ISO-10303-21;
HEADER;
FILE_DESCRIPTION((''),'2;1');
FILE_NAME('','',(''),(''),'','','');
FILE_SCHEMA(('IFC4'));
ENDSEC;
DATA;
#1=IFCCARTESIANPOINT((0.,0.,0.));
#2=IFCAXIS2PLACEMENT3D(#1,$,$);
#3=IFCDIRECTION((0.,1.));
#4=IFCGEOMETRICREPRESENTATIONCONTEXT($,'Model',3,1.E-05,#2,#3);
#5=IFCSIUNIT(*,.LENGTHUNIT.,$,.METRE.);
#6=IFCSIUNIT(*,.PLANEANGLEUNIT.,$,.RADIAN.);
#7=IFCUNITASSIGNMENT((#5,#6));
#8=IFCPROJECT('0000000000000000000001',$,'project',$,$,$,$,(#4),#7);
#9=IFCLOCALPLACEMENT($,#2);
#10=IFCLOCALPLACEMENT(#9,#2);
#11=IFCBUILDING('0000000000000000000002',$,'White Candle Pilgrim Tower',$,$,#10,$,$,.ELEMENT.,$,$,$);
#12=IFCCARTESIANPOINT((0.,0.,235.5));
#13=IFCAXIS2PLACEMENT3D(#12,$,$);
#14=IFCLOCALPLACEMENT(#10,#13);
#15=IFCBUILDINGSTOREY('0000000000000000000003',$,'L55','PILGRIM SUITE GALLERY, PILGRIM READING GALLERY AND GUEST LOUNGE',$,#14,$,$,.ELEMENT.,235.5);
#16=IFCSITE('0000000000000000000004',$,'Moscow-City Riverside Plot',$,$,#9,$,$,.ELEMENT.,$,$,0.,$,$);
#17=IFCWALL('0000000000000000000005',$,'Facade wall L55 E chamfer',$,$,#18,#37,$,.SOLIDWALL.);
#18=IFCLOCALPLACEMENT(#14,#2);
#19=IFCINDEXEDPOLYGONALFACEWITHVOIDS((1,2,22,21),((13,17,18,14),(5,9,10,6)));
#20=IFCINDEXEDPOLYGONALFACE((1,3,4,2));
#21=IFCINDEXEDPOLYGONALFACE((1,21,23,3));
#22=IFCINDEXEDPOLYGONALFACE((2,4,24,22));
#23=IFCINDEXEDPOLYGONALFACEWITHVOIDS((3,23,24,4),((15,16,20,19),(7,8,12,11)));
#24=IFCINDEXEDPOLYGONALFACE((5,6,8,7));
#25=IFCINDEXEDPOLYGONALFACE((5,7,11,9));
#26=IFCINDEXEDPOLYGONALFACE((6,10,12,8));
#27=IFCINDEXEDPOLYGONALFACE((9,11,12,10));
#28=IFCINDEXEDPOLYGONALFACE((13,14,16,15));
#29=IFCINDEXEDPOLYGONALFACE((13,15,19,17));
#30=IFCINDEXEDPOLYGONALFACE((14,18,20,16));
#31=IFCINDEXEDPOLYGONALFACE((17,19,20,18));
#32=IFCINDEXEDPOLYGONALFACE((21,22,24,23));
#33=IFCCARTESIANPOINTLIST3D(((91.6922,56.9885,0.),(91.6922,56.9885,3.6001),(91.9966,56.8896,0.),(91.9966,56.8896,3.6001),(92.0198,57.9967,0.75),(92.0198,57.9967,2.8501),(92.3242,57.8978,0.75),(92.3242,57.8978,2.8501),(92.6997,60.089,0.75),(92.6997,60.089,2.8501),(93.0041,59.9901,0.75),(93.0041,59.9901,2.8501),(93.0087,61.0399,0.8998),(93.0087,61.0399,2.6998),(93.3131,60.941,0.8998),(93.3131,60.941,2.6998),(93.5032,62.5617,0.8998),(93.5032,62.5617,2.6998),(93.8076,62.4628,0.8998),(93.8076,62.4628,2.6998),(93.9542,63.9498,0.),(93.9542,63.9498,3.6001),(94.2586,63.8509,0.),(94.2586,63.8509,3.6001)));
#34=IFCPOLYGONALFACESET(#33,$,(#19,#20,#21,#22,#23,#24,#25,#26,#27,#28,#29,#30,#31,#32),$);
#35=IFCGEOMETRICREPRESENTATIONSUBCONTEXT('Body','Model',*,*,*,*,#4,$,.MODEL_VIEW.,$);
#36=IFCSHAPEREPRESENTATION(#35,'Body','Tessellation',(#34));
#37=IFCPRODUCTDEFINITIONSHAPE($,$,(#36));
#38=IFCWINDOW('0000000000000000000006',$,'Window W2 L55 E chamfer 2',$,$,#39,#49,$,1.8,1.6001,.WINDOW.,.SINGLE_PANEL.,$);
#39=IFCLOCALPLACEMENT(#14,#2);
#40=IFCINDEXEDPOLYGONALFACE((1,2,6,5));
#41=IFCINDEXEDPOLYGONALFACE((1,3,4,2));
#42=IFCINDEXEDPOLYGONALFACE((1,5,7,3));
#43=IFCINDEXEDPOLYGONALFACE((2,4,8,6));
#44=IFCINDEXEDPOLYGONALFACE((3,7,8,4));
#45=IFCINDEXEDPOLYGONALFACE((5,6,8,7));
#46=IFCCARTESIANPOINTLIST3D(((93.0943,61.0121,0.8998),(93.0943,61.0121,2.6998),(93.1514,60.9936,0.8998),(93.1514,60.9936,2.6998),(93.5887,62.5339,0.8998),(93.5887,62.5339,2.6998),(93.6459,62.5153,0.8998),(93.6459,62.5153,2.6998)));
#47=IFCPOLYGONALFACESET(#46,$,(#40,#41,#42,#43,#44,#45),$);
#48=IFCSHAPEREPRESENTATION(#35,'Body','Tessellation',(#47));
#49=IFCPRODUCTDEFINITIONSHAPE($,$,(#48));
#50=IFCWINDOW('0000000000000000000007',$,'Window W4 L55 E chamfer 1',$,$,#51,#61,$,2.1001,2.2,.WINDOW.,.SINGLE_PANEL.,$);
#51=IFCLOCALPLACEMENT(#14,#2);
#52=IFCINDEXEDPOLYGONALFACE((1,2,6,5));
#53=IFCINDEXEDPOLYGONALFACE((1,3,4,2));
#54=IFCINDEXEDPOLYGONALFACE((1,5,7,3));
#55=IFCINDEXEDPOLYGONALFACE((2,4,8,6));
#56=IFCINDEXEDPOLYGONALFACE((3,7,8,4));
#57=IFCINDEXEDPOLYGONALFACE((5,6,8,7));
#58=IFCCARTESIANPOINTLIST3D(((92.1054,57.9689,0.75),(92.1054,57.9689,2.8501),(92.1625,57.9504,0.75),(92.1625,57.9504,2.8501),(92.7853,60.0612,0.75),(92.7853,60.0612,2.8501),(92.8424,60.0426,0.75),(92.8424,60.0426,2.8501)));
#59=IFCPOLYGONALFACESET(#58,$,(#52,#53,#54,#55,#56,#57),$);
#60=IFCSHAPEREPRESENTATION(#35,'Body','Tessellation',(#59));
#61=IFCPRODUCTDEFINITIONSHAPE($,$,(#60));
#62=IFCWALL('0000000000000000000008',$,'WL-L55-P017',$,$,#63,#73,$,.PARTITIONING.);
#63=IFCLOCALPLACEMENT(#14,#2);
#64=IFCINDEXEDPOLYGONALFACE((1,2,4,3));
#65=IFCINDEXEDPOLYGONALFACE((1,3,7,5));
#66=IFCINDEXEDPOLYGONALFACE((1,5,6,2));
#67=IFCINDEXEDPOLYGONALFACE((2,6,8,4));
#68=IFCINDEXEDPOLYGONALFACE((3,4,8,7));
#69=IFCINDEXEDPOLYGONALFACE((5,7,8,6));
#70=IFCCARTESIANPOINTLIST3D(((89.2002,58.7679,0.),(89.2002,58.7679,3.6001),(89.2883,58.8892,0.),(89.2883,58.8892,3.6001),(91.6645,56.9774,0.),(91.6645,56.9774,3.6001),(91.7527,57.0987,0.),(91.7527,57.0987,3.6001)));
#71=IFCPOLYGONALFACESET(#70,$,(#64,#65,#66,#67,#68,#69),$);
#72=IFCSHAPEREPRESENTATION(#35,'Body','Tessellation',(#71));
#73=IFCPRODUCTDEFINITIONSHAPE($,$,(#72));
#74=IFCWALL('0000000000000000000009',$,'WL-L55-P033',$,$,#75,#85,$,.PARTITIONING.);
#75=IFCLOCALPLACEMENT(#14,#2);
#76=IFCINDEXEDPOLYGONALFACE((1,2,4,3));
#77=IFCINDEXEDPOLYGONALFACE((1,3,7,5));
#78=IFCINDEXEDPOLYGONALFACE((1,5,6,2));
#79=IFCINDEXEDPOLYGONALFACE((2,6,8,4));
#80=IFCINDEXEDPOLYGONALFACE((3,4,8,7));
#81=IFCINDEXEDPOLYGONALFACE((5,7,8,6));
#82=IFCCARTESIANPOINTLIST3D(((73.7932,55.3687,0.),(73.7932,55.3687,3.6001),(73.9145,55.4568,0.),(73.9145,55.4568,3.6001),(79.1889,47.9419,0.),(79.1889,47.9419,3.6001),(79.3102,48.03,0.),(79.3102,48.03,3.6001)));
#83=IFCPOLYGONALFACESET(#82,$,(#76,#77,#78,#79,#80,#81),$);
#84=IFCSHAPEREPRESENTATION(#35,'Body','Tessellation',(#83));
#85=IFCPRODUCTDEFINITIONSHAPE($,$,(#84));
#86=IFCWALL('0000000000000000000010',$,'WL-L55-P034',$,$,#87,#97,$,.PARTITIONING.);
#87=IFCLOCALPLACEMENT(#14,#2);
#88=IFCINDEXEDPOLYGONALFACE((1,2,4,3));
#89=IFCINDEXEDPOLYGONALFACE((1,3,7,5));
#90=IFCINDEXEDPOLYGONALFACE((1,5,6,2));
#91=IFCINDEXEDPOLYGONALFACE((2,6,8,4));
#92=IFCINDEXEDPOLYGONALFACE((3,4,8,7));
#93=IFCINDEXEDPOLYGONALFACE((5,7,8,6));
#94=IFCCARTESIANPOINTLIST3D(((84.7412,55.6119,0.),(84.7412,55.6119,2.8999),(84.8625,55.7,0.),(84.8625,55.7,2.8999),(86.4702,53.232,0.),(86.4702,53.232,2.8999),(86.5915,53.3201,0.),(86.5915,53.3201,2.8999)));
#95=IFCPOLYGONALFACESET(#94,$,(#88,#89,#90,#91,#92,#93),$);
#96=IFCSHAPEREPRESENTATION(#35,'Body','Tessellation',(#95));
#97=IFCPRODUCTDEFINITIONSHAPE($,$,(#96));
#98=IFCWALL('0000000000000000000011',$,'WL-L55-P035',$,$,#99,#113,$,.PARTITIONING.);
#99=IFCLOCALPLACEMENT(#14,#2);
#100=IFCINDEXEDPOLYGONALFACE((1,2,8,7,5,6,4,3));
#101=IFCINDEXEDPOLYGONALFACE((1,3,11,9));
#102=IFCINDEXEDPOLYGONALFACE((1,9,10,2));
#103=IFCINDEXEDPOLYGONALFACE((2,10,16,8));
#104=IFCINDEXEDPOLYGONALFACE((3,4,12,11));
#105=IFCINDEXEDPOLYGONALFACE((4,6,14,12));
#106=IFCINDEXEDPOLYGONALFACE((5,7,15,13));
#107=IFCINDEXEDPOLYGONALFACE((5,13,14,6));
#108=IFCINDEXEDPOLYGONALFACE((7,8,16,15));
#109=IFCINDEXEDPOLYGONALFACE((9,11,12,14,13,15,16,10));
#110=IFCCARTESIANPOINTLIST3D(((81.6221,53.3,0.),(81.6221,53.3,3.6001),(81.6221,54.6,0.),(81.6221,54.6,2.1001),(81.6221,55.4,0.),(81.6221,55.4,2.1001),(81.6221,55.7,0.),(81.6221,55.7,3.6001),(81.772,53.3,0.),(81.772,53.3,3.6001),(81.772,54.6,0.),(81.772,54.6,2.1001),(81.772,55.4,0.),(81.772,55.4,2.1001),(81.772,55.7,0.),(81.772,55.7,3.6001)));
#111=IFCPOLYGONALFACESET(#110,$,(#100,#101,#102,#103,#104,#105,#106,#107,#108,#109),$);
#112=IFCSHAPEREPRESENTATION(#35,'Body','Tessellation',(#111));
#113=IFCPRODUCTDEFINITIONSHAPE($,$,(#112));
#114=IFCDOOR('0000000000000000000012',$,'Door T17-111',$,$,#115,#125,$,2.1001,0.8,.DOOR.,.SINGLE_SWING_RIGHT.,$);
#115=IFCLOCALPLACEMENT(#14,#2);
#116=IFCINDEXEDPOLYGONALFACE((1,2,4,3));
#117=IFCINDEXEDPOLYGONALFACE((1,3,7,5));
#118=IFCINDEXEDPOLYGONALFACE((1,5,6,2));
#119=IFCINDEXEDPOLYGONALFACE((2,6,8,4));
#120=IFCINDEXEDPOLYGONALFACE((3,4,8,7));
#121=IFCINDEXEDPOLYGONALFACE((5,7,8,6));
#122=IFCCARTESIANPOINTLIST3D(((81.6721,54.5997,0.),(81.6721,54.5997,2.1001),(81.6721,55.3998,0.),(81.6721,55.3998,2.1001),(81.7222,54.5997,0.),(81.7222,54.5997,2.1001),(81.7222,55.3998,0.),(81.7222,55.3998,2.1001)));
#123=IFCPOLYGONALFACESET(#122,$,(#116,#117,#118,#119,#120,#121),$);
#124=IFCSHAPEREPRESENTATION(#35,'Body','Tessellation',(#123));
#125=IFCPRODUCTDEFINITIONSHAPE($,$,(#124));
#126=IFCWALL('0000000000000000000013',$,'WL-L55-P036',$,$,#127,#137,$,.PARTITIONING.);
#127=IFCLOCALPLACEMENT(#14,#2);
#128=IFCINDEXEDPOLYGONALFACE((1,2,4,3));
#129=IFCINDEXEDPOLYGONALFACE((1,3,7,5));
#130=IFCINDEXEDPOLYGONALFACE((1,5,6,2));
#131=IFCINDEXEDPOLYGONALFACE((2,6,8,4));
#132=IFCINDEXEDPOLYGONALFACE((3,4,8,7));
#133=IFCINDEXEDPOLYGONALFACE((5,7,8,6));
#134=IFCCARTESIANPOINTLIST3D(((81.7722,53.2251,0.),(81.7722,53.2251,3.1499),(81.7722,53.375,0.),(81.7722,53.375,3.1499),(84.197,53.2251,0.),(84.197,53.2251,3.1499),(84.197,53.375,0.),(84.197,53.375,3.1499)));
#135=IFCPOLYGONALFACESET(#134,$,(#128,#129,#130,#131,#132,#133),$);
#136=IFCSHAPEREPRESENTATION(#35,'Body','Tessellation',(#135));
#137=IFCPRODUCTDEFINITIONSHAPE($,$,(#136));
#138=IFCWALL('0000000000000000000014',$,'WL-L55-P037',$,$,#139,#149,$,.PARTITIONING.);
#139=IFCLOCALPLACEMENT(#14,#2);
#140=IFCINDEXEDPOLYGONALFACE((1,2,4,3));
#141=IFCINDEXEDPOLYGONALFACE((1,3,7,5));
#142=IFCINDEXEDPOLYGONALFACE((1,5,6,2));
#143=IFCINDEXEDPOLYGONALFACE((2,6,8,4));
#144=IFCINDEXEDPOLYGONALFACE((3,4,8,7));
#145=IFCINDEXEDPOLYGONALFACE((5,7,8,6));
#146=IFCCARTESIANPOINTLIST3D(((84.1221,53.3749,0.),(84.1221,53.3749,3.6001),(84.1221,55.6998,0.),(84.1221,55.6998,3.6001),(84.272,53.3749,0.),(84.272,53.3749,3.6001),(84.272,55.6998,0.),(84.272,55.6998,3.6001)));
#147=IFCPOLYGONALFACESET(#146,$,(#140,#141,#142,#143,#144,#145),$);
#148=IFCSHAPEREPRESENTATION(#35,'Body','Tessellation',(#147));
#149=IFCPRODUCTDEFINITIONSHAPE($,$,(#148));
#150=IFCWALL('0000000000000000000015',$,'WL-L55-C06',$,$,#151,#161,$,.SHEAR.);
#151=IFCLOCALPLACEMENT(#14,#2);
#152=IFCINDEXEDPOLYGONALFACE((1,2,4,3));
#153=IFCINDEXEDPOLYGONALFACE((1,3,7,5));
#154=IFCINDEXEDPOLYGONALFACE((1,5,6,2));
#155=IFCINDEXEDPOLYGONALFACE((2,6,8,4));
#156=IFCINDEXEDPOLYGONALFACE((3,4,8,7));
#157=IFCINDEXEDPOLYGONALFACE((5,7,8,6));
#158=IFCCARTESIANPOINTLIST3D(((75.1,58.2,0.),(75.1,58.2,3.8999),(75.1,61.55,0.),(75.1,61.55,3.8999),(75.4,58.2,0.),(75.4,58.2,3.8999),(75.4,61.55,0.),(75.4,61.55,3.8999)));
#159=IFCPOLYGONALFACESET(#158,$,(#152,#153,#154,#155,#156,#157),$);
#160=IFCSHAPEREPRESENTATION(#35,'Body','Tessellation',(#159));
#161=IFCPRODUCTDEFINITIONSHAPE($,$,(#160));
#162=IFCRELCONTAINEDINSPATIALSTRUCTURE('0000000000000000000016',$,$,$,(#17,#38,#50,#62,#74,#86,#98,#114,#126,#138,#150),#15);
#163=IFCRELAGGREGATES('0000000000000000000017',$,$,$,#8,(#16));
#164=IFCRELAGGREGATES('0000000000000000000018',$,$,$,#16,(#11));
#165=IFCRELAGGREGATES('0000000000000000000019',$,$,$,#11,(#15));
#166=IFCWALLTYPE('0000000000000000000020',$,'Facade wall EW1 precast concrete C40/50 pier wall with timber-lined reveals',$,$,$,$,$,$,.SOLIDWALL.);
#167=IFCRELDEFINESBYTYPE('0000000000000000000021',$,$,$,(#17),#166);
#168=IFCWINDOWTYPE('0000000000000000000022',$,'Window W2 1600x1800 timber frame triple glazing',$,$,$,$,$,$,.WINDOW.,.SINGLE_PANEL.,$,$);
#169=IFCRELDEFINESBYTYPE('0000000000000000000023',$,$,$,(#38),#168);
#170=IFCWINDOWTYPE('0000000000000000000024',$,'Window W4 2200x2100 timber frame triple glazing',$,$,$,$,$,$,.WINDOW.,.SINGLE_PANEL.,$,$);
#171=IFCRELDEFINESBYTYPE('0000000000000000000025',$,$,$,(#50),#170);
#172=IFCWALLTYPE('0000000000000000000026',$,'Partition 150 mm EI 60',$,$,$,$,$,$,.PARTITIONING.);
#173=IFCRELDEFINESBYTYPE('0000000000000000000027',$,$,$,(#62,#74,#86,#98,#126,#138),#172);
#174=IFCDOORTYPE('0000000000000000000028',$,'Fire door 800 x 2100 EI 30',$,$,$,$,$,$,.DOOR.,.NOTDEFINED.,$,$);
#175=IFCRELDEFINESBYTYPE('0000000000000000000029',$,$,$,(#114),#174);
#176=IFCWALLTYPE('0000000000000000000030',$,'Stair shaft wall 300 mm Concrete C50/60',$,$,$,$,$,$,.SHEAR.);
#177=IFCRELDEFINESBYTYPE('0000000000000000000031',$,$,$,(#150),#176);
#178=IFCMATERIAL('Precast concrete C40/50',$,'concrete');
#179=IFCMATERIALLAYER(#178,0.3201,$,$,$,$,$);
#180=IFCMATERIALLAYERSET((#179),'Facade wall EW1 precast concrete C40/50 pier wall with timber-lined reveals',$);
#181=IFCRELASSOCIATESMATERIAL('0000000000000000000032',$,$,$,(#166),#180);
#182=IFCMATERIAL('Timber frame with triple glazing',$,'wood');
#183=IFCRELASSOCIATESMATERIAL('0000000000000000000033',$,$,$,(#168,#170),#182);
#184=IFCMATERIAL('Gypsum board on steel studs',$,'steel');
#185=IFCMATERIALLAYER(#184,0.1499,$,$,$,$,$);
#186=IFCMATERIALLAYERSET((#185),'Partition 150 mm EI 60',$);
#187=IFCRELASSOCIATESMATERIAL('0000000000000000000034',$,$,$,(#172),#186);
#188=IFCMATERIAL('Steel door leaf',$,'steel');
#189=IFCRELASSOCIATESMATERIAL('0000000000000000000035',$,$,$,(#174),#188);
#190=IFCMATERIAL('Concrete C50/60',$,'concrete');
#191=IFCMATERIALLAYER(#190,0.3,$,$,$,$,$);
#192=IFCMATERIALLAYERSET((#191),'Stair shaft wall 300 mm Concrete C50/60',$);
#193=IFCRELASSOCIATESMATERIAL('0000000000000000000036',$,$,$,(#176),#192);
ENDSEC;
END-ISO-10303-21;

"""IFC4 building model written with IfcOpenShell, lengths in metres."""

from ifc_helpers import new_model, si_unit, direction, frame, frame_2d, origin, place, context, subcontext, project, spatial, rectangle, extrude, material, layer, layer_set, type_object, element, fill, save


model = new_model("IFC4")

# Units and contexts
model_context = context("Model", 3, precision=1e-05, world=origin(), true_north=direction((0.0, 1.0)))
body_context = subcontext(model_context, "Body", "Model", "MODEL_VIEW")
ifc_project = project(units=[si_unit("LENGTHUNIT", "METRE"), si_unit("PLANEANGLEUNIT", "RADIAN")], contexts=[model_context])

# Site, building, storey
site_placement = place(None, origin())
site = spatial("IfcSite", under=ifc_project, at=site_placement, Name="Moscow-City Riverside Plot", CompositionType="ELEMENT", RefElevation=0.0)
building_placement = place(site_placement, origin())
building = spatial("IfcBuilding", under=site, at=building_placement, Name="White Candle Pilgrim Tower", CompositionType="ELEMENT")
storey_placement = place(building_placement, frame((0.0, 0.0, 235.5)))
storey = spatial("IfcBuildingStorey", under=building, at=storey_placement, Name="L55", Description="PILGRIM SUITE GALLERY, PILGRIM READING GALLERY AND GUEST LOUNGE", CompositionType="ELEMENT", Elevation=235.5)

# Shared definitions
ifc_material_1 = material(Name="Concrete C50/60", Category="concrete")

# Shared definitions
ifc_material_2 = material(Name="Gypsum board on steel studs", Category="steel")
ifc_material_3 = material(Name="Steel door leaf", Category="steel")

# Wall, openings, windows
ifc_material_4 = material(Name="Precast concrete C40/50", Category="concrete")
ifc_layer_1 = layer(ifc_material_4, 0.3201)
ifc_layer_set_1 = layer_set([ifc_layer_1], Name="Facade wall EW1 precast concrete C40/50 pier wall with timber-lined reveals")
wall_type_1 = type_object("IfcWallType", Name="Facade wall EW1 precast concrete C40/50 pier wall with timber-lined reveals", PredefinedType="SOLIDWALL", material=ifc_layer_set_1)
wall_1_placement = place(storey_placement, frame((91.8445, 56.9392, 0.0), z_axis=(0.0, 0.0, 1.0), x_axis=(0.309034, 0.951051, 0.0)))
wall_1 = element("IfcWall", 1, at=wall_1_placement, inside=storey, type_object=wall_type_1, Name="Facade wall L55 E chamfer", PredefinedType="SOLIDWALL", context=body_context, shape_type="SweptSolid", body=[
    extrude(rectangle(XDim=7.3196, YDim=0.3201, at=frame_2d((3.6597, 0.0))), origin(), (0.0, 0.0, 1.0), 3.6001),
])
opening_1_placement = place(wall_1_placement, frame((1.0598, 0.0, 0.75)))
opening_1 = element("IfcOpeningElement", 2, at=opening_1_placement, cuts=wall_1, PredefinedType="OPENING", context=body_context, shape_type="SweptSolid", body=[
    extrude(rectangle(XDim=2.2, YDim=2.1001, at=frame_2d((1.1001, 1.05))), frame((0.0, 0.1699, 0.0), z_axis=(0.0, -1.0, 0.0), x_axis=(1.0, 0.0, 0.0)), (0.0, 0.0, 1.0), 0.3401),
])
opening_2_placement = place(wall_1_placement, frame((4.2598, 0.0, 0.8999)))
opening_2 = element("IfcOpeningElement", 3, at=opening_2_placement, cuts=wall_1, PredefinedType="OPENING", context=body_context, shape_type="SweptSolid", body=[
    extrude(rectangle(XDim=1.6001, YDim=1.8, at=frame_2d((0.8, 0.8999))), frame((0.0, 0.1699, 0.0), z_axis=(0.0, -1.0, 0.0), x_axis=(1.0, 0.0, 0.0)), (0.0, 0.0, 1.0), 0.3401),
])
ifc_material_5 = material(Name="Timber frame with triple glazing", Category="wood")
window_type_1 = type_object("IfcWindowType", Name="Window W2 1600x1800 timber frame triple glazing", PartitioningType="SINGLE_PANEL", PredefinedType="WINDOW", material=ifc_material_5)
window_1_placement = place(opening_2_placement, origin())
window_1 = element("IfcWindow", 4, at=window_1_placement, inside=storey, type_object=window_type_1, Name="Window W2 L55 E chamfer 2", OverallHeight=1.8, OverallWidth=1.6001, PartitioningType="SINGLE_PANEL", PredefinedType="WINDOW", context=body_context, shape_type="SweptSolid", body=[
    extrude(rectangle(XDim=1.6001, YDim=1.8, at=frame_2d((0.8, 0.8999))), frame((0.0, 0.0701, 0.0), z_axis=(0.0, -1.0, 0.0), x_axis=(1.0, 0.0, 0.0)), (0.0, 0.0, 1.0), 0.0601),
])
fill(opening_2, window_1)
window_type_2 = type_object("IfcWindowType", Name="Window W4 2200x2100 timber frame triple glazing", PartitioningType="SINGLE_PANEL", PredefinedType="WINDOW", material=ifc_material_5)
window_2_placement = place(opening_1_placement, origin())
window_2 = element("IfcWindow", 5, at=window_2_placement, inside=storey, type_object=window_type_2, Name="Window W4 L55 E chamfer 1", OverallHeight=2.1001, OverallWidth=2.2, PartitioningType="SINGLE_PANEL", PredefinedType="WINDOW", context=body_context, shape_type="SweptSolid", body=[
    extrude(rectangle(XDim=2.2, YDim=2.1001, at=frame_2d((1.1001, 1.05))), frame((0.0, 0.0701, 0.0), z_axis=(0.0, -1.0, 0.0), x_axis=(1.0, 0.0, 0.0)), (0.0, 0.0, 1.0), 0.0601),
])
fill(opening_1, window_2)

# Walls
ifc_layer_2 = layer(ifc_material_2, 0.1499)
ifc_layer_set_2 = layer_set([ifc_layer_2], Name="Partition 150 mm EI 60")
wall_type_2 = type_object("IfcWallType", Name="Partition 150 mm EI 60", PredefinedType="PARTITIONING", material=ifc_layer_set_2)
wall_2_placement = place(storey_placement, frame((91.7085, 57.0381, 0.0), z_axis=(0.0, 0.0, 1.0), x_axis=(-0.809006, 0.5878, 0.0)))
element("IfcWall", 6, at=wall_2_placement, inside=storey, type_object=wall_type_2, Name="WL-L55-P017", PredefinedType="PARTITIONING", context=body_context, shape_type="SweptSolid", body=[
    extrude(rectangle(XDim=3.0461, YDim=0.1499, at=frame_2d((1.5229, 0.0))), origin(), (0.0, 0.0, 1.0), 3.6001),
])
wall_3_placement = place(storey_placement, frame((79.2495, 47.9861, 0.0), z_axis=(0.0, 0.0, 1.0), x_axis=(-0.587778, 0.809022, 0.0)))
element("IfcWall", 7, at=wall_3_placement, inside=storey, type_object=wall_type_2, Name="WL-L55-P033", PredefinedType="PARTITIONING", context=body_context, shape_type="SweptSolid", body=[
    extrude(rectangle(XDim=9.1799, YDim=0.1499, at=frame_2d((4.5898, 0.0))), origin(), (0.0, 0.0, 1.0), 3.6001),
])
wall_4_placement = place(storey_placement, frame((86.5308, 53.2761, 0.0), z_axis=(0.0, 0.0, 1.0), x_axis=(-0.587767, 0.80903, 0.0)))
element("IfcWall", 8, at=wall_4_placement, inside=storey, type_object=wall_type_2, Name="WL-L55-P034", PredefinedType="PARTITIONING", context=body_context, shape_type="SweptSolid", body=[
    extrude(rectangle(XDim=2.9417, YDim=0.1499, at=frame_2d((1.4707, 0.0))), origin(), (0.0, 0.0, 1.0), 2.8999),
])

# Wall, opening, door
wall_5_placement = place(storey_placement, frame((81.697, 55.7, 0.0), z_axis=(0.0, 0.0, 1.0), x_axis=(0.0, -1.0, 0.0)))
wall_5 = element("IfcWall", 9, at=wall_5_placement, inside=storey, type_object=wall_type_2, Name="WL-L55-P035", PredefinedType="PARTITIONING", context=body_context, shape_type="SweptSolid", body=[
    extrude(rectangle(XDim=2.3999, YDim=0.1499, at=frame_2d((1.2, 0.0))), origin(), (0.0, 0.0, 1.0), 3.6001),
])
opening_3_placement = place(wall_5_placement, frame((0.3, 0.0, 0.0)))
opening_3 = element("IfcOpeningElement", 10, at=opening_3_placement, cuts=wall_5, PredefinedType="OPENING", context=body_context, shape_type="SweptSolid", body=[
    extrude(rectangle(XDim=0.8, YDim=2.1001, at=frame_2d((0.3999, 1.05))), frame((0.0, 0.085, 0.0), z_axis=(0.0, -1.0, 0.0), x_axis=(1.0, 0.0, 0.0)), (0.0, 0.0, 1.0), 0.1699),
])
door_type_1 = type_object("IfcDoorType", Name="Fire door 800 x 2100 EI 30", OperationType="NOTDEFINED", PredefinedType="DOOR", material=ifc_material_3)
door_1_placement = place(opening_3_placement, frame((0.8, 0.0, 0.0), z_axis=(0.0, 0.0, 1.0), x_axis=(-1.0, 0.0, 0.0)))
door_1 = element("IfcDoor", 11, at=door_1_placement, inside=storey, type_object=door_type_1, Name="Door T17-111", OperationType="SINGLE_SWING_RIGHT", OverallHeight=2.1001, OverallWidth=0.8, PredefinedType="DOOR", context=body_context, shape_type="SweptSolid", body=[
    extrude(rectangle(XDim=0.8, YDim=2.1001, at=frame_2d((0.3999, 1.05))), frame((0.0, 0.0249, 0.0), z_axis=(0.0, -1.0, 0.0), x_axis=(1.0, 0.0, 0.0)), (0.0, 0.0, 1.0), 0.05),
])
fill(opening_3, door_1)

# Walls
wall_6_placement = place(storey_placement, frame((84.197, 53.3, 0.0), z_axis=(0.0, 0.0, 1.0), x_axis=(-1.0, 0.0, 0.0)))
element("IfcWall", 12, at=wall_6_placement, inside=storey, type_object=wall_type_2, Name="WL-L55-P036", PredefinedType="PARTITIONING", context=body_context, shape_type="SweptSolid", body=[
    extrude(rectangle(XDim=2.4248, YDim=0.1499, at=frame_2d((1.2124, 0.0))), origin(), (0.0, 0.0, 1.0), 3.1499),
])
wall_7_placement = place(storey_placement, frame((84.197, 55.7, 0.0), z_axis=(0.0, 0.0, 1.0), x_axis=(0.0, -1.0, 0.0)))
element("IfcWall", 13, at=wall_7_placement, inside=storey, type_object=wall_type_2, Name="WL-L55-P037", PredefinedType="PARTITIONING", context=body_context, shape_type="SweptSolid", body=[
    extrude(rectangle(XDim=2.325, YDim=0.1499, at=frame_2d((1.1626, 0.0))), origin(), (0.0, 0.0, 1.0), 3.6001),
])
ifc_layer_3 = layer(ifc_material_1, 0.3)
ifc_layer_set_3 = layer_set([ifc_layer_3], Name="Stair shaft wall 300 mm Concrete C50/60")
wall_type_3 = type_object("IfcWallType", Name="Stair shaft wall 300 mm Concrete C50/60", PredefinedType="SHEAR", material=ifc_layer_set_3)
wall_8_placement = place(storey_placement, frame((75.25, 58.2, 0.0), z_axis=(0.0, 0.0, 1.0), x_axis=(0.0, 1.0, 0.0)))
element("IfcWall", 14, at=wall_8_placement, inside=storey, type_object=wall_type_3, Name="WL-L55-C06", PredefinedType="SHEAR", context=body_context, shape_type="SweptSolid", body=[
    extrude(rectangle(XDim=3.3501, YDim=0.3, at=frame_2d((1.675, 0.0))), origin(), (0.0, 0.0, 1.0), 3.8999),
])

save(model, "model.ifc")
